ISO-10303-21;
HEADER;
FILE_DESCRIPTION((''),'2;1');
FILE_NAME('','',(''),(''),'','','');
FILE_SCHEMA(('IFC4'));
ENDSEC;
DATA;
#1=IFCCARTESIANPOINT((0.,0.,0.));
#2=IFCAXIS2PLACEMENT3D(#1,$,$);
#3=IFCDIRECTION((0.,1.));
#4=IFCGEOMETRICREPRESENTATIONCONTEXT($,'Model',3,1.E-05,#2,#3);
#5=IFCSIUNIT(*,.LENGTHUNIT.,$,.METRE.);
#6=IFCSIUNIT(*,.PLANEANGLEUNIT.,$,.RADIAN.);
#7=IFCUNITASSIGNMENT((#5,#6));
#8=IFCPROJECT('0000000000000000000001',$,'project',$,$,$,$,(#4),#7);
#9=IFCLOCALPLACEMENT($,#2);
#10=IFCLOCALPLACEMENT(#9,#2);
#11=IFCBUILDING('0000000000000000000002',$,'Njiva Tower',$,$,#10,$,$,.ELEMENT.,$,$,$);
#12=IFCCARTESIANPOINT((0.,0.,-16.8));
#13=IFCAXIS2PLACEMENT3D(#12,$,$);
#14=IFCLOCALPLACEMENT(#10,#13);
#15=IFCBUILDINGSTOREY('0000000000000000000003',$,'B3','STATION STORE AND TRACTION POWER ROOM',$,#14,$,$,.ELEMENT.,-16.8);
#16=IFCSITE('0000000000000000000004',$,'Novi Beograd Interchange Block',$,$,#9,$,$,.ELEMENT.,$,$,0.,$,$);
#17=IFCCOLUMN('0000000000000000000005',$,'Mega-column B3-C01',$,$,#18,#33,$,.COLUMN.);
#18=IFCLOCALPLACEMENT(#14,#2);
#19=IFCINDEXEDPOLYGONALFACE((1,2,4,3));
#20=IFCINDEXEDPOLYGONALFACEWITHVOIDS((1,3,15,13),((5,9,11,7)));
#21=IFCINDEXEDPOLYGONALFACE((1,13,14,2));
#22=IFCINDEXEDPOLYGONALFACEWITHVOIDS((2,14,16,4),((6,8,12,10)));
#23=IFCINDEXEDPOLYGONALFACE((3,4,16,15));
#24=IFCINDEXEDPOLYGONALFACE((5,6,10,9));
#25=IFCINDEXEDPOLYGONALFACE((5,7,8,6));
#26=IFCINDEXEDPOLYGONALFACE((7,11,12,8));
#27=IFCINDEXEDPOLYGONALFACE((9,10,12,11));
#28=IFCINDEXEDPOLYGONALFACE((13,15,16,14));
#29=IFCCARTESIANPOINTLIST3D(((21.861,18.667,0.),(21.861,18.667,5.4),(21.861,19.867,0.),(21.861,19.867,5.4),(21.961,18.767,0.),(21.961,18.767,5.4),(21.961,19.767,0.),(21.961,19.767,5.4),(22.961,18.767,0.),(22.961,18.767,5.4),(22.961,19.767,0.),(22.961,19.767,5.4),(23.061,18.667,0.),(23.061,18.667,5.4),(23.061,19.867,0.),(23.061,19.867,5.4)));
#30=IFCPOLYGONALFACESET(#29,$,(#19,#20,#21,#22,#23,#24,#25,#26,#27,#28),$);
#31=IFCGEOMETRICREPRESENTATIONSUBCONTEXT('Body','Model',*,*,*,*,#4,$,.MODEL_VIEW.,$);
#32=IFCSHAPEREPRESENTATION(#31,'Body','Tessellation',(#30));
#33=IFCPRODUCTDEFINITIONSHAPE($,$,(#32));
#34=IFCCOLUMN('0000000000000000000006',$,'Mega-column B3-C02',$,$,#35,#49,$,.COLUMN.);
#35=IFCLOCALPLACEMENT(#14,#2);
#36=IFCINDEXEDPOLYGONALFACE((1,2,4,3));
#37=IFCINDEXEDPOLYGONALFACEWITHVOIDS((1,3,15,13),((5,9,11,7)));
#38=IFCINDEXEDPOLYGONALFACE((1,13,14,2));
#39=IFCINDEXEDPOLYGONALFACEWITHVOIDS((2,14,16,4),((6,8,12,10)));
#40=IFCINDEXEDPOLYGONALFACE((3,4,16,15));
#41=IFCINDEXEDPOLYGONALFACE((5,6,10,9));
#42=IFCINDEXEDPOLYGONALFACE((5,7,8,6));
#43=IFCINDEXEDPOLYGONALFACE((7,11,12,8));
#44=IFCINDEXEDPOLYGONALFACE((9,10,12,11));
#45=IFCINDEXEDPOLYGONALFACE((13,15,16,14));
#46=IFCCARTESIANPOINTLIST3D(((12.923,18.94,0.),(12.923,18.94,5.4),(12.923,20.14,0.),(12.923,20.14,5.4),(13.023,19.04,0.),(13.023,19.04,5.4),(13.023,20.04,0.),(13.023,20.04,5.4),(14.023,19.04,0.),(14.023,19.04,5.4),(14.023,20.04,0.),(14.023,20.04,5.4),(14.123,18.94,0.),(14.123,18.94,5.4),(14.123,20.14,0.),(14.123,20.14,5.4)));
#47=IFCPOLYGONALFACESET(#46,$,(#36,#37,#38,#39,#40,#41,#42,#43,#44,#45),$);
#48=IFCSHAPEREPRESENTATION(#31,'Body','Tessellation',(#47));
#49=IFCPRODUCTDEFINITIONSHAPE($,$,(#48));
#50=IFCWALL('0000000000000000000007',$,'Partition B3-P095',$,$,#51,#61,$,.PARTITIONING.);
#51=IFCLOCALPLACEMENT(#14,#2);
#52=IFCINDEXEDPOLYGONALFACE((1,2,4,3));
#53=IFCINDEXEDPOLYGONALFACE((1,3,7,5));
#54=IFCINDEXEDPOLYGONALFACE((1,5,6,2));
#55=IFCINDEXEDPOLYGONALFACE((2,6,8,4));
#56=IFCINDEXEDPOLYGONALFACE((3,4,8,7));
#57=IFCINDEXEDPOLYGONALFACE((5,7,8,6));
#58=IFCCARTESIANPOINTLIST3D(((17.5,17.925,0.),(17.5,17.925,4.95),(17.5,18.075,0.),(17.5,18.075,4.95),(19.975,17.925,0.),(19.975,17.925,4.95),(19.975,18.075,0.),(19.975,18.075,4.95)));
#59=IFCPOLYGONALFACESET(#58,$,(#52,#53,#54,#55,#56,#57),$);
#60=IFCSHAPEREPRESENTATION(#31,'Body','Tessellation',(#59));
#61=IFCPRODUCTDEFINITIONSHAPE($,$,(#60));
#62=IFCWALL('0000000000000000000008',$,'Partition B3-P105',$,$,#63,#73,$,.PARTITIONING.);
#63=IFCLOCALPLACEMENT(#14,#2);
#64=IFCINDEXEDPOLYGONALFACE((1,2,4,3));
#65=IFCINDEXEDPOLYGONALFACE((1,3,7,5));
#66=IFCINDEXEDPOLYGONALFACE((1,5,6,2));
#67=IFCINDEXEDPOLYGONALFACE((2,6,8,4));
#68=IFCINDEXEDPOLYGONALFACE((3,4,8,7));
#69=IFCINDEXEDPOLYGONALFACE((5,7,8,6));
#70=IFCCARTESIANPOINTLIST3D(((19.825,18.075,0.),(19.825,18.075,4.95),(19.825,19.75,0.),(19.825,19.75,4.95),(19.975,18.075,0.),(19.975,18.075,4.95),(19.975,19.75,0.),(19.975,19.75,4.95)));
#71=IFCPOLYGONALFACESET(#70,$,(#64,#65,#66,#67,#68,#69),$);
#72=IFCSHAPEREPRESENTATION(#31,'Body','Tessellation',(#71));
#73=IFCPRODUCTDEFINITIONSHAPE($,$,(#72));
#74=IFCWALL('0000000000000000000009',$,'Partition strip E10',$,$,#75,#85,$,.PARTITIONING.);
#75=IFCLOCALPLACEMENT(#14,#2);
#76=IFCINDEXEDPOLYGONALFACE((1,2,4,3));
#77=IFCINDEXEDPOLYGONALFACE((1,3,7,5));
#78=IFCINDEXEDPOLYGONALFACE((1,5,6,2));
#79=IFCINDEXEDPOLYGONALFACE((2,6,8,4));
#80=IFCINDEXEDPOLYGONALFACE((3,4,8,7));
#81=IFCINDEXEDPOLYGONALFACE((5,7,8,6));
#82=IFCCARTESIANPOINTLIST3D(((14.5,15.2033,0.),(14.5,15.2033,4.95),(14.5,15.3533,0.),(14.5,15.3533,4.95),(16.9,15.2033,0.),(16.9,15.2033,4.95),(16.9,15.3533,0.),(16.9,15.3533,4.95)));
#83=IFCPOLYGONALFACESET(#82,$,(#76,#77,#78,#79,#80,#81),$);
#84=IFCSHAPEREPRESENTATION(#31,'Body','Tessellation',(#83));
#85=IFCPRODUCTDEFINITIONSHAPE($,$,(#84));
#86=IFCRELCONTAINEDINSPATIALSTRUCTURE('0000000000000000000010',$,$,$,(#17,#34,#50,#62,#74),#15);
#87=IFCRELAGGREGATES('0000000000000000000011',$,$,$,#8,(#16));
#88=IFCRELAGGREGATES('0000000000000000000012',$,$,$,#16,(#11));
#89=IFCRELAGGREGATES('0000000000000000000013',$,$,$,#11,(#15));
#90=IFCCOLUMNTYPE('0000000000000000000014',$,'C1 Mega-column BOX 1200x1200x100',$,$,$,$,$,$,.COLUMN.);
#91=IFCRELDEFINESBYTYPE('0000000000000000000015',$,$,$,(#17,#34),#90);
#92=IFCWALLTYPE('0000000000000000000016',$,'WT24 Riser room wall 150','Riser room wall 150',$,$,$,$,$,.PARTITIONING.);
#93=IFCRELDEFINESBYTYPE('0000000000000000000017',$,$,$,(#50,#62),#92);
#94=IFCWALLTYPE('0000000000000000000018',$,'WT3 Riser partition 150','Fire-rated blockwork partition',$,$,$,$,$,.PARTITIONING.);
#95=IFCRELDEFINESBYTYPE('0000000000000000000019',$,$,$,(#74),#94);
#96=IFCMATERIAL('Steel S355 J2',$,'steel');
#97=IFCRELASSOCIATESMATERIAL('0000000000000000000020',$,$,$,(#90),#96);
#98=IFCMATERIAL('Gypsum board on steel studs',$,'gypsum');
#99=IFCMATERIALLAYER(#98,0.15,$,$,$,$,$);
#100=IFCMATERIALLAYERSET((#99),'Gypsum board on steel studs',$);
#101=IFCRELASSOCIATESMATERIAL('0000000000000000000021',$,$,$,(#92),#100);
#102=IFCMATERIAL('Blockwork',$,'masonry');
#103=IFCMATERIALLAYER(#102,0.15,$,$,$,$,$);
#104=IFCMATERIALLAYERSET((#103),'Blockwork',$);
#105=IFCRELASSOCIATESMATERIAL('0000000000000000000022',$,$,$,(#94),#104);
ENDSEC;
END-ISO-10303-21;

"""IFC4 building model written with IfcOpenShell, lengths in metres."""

from ifc_helpers import new_model, si_unit, direction, frame, frame_2d, origin, origin_2d, place, context, subcontext, project, spatial, rectangle, hollow_rectangle, extrude, material, layer, layer_set, material_profile, profile_set, type_object, element, save


model = new_model("IFC4")

# Units and contexts
model_context = context("Model", 3, precision=1e-05, world=origin(), true_north=direction((0.0, 1.0)))
body_context = subcontext(model_context, "Body", "Model", "MODEL_VIEW")
ifc_project = project(units=[si_unit("LENGTHUNIT", "METRE"), si_unit("PLANEANGLEUNIT", "RADIAN")], contexts=[model_context])

# Site, building, storey
site_placement = place(None, origin())
site = spatial("IfcSite", under=ifc_project, at=site_placement, Name="Novi Beograd Interchange Block", CompositionType="ELEMENT", RefElevation=0.0)
building_placement = place(site_placement, origin())
building = spatial("IfcBuilding", under=site, at=building_placement, Name="Njiva Tower", CompositionType="ELEMENT")
storey_placement = place(building_placement, frame((0.0, 0.0, -16.8)))
storey = spatial("IfcBuildingStorey", under=building, at=storey_placement, Name="B3", Description="STATION STORE AND TRACTION POWER ROOM", CompositionType="ELEMENT", Elevation=-16.8)

# Columns
ifc_material_1 = material(Name="Steel S355 J2", Category="steel")
ifc_material_profile_1 = material_profile(ifc_material_1, hollow_rectangle(XDim=1.2, YDim=1.2, WallThickness=0.1, at=origin_2d()), Name="BOX 1200x1200x100")
ifc_profile_set_1 = profile_set([ifc_material_profile_1], Name="Steel S355 J2")
column_type = type_object("IfcColumnType", Name="C1 Mega-column BOX 1200x1200x100", PredefinedType="COLUMN", material=ifc_profile_set_1)
for number, where, z_axis, x_axis, name in (
    (1, (22.461, 19.267, 0.0), (0.0, 0.0, 1.0), (-1.0, 0.0, 0.0), "Mega-column B3-C01"),
    (2, (13.523, 19.54, 0.0), (0.0, 0.0, 1.0), (-1.0, 0.0, 0.0), "Mega-column B3-C02"),
):
    element("IfcColumn", number, at=place(storey_placement, frame(where, z_axis=z_axis, x_axis=x_axis)), inside=storey, type_object=column_type, Name=name, PredefinedType="COLUMN", context=body_context, shape_type="SweptSolid", body=[
        extrude(hollow_rectangle(XDim=1.2, YDim=1.2, WallThickness=0.1, at=origin_2d()), origin(), (0.0, 0.0, 1.0), 5.4),
    ])

# Walls
ifc_material_2 = material(Name="Gypsum board on steel studs", Category="gypsum")
ifc_layer_1 = layer(ifc_material_2, 0.15)
ifc_layer_set_1 = layer_set([ifc_layer_1], Name="Gypsum board on steel studs")
wall_type_1 = type_object("IfcWallType", Name="WT24 Riser room wall 150", Description="Riser room wall 150", PredefinedType="PARTITIONING", material=ifc_layer_set_1)
wall_1_placement = place(storey_placement, frame((17.5, 18.0, 0.0), z_axis=(0.0, 0.0, 1.0), x_axis=(1.0, 0.0, 0.0)))
element("IfcWall", 3, at=wall_1_placement, inside=storey, type_object=wall_type_1, Name="Partition B3-P095", PredefinedType="PARTITIONING", context=body_context, shape_type="SweptSolid", body=[
    extrude(rectangle(XDim=2.475, YDim=0.15, at=frame_2d((1.2375, 0.0))), origin(), (0.0, 0.0, 1.0), 4.95),
])
wall_2_placement = place(storey_placement, frame((19.9, 18.075, 0.0), z_axis=(0.0, 0.0, 1.0), x_axis=(0.0, 1.0, 0.0)))
element("IfcWall", 4, at=wall_2_placement, inside=storey, type_object=wall_type_1, Name="Partition B3-P105", PredefinedType="PARTITIONING", context=body_context, shape_type="SweptSolid", body=[
    extrude(rectangle(XDim=1.675, YDim=0.15, at=frame_2d((0.8375, 0.0))), origin(), (0.0, 0.0, 1.0), 4.95),
])
ifc_material_3 = material(Name="Blockwork", Category="masonry")
ifc_layer_2 = layer(ifc_material_3, 0.15)
ifc_layer_set_2 = layer_set([ifc_layer_2], Name="Blockwork")
wall_type_2 = type_object("IfcWallType", Name="WT3 Riser partition 150", Description="Fire-rated blockwork partition", PredefinedType="PARTITIONING", material=ifc_layer_set_2)
wall_3_placement = place(storey_placement, frame((14.5, 15.2783, 0.0), z_axis=(0.0, 0.0, 1.0), x_axis=(1.0, 0.0, 0.0)))
element("IfcWall", 5, at=wall_3_placement, inside=storey, type_object=wall_type_2, Name="Partition strip E10", PredefinedType="PARTITIONING", context=body_context, shape_type="SweptSolid", body=[
    extrude(rectangle(XDim=2.4, YDim=0.15, at=frame_2d((1.2, 0.0))), origin(), (0.0, 0.0, 1.0), 4.95),
])

save(model, "model.ifc")
